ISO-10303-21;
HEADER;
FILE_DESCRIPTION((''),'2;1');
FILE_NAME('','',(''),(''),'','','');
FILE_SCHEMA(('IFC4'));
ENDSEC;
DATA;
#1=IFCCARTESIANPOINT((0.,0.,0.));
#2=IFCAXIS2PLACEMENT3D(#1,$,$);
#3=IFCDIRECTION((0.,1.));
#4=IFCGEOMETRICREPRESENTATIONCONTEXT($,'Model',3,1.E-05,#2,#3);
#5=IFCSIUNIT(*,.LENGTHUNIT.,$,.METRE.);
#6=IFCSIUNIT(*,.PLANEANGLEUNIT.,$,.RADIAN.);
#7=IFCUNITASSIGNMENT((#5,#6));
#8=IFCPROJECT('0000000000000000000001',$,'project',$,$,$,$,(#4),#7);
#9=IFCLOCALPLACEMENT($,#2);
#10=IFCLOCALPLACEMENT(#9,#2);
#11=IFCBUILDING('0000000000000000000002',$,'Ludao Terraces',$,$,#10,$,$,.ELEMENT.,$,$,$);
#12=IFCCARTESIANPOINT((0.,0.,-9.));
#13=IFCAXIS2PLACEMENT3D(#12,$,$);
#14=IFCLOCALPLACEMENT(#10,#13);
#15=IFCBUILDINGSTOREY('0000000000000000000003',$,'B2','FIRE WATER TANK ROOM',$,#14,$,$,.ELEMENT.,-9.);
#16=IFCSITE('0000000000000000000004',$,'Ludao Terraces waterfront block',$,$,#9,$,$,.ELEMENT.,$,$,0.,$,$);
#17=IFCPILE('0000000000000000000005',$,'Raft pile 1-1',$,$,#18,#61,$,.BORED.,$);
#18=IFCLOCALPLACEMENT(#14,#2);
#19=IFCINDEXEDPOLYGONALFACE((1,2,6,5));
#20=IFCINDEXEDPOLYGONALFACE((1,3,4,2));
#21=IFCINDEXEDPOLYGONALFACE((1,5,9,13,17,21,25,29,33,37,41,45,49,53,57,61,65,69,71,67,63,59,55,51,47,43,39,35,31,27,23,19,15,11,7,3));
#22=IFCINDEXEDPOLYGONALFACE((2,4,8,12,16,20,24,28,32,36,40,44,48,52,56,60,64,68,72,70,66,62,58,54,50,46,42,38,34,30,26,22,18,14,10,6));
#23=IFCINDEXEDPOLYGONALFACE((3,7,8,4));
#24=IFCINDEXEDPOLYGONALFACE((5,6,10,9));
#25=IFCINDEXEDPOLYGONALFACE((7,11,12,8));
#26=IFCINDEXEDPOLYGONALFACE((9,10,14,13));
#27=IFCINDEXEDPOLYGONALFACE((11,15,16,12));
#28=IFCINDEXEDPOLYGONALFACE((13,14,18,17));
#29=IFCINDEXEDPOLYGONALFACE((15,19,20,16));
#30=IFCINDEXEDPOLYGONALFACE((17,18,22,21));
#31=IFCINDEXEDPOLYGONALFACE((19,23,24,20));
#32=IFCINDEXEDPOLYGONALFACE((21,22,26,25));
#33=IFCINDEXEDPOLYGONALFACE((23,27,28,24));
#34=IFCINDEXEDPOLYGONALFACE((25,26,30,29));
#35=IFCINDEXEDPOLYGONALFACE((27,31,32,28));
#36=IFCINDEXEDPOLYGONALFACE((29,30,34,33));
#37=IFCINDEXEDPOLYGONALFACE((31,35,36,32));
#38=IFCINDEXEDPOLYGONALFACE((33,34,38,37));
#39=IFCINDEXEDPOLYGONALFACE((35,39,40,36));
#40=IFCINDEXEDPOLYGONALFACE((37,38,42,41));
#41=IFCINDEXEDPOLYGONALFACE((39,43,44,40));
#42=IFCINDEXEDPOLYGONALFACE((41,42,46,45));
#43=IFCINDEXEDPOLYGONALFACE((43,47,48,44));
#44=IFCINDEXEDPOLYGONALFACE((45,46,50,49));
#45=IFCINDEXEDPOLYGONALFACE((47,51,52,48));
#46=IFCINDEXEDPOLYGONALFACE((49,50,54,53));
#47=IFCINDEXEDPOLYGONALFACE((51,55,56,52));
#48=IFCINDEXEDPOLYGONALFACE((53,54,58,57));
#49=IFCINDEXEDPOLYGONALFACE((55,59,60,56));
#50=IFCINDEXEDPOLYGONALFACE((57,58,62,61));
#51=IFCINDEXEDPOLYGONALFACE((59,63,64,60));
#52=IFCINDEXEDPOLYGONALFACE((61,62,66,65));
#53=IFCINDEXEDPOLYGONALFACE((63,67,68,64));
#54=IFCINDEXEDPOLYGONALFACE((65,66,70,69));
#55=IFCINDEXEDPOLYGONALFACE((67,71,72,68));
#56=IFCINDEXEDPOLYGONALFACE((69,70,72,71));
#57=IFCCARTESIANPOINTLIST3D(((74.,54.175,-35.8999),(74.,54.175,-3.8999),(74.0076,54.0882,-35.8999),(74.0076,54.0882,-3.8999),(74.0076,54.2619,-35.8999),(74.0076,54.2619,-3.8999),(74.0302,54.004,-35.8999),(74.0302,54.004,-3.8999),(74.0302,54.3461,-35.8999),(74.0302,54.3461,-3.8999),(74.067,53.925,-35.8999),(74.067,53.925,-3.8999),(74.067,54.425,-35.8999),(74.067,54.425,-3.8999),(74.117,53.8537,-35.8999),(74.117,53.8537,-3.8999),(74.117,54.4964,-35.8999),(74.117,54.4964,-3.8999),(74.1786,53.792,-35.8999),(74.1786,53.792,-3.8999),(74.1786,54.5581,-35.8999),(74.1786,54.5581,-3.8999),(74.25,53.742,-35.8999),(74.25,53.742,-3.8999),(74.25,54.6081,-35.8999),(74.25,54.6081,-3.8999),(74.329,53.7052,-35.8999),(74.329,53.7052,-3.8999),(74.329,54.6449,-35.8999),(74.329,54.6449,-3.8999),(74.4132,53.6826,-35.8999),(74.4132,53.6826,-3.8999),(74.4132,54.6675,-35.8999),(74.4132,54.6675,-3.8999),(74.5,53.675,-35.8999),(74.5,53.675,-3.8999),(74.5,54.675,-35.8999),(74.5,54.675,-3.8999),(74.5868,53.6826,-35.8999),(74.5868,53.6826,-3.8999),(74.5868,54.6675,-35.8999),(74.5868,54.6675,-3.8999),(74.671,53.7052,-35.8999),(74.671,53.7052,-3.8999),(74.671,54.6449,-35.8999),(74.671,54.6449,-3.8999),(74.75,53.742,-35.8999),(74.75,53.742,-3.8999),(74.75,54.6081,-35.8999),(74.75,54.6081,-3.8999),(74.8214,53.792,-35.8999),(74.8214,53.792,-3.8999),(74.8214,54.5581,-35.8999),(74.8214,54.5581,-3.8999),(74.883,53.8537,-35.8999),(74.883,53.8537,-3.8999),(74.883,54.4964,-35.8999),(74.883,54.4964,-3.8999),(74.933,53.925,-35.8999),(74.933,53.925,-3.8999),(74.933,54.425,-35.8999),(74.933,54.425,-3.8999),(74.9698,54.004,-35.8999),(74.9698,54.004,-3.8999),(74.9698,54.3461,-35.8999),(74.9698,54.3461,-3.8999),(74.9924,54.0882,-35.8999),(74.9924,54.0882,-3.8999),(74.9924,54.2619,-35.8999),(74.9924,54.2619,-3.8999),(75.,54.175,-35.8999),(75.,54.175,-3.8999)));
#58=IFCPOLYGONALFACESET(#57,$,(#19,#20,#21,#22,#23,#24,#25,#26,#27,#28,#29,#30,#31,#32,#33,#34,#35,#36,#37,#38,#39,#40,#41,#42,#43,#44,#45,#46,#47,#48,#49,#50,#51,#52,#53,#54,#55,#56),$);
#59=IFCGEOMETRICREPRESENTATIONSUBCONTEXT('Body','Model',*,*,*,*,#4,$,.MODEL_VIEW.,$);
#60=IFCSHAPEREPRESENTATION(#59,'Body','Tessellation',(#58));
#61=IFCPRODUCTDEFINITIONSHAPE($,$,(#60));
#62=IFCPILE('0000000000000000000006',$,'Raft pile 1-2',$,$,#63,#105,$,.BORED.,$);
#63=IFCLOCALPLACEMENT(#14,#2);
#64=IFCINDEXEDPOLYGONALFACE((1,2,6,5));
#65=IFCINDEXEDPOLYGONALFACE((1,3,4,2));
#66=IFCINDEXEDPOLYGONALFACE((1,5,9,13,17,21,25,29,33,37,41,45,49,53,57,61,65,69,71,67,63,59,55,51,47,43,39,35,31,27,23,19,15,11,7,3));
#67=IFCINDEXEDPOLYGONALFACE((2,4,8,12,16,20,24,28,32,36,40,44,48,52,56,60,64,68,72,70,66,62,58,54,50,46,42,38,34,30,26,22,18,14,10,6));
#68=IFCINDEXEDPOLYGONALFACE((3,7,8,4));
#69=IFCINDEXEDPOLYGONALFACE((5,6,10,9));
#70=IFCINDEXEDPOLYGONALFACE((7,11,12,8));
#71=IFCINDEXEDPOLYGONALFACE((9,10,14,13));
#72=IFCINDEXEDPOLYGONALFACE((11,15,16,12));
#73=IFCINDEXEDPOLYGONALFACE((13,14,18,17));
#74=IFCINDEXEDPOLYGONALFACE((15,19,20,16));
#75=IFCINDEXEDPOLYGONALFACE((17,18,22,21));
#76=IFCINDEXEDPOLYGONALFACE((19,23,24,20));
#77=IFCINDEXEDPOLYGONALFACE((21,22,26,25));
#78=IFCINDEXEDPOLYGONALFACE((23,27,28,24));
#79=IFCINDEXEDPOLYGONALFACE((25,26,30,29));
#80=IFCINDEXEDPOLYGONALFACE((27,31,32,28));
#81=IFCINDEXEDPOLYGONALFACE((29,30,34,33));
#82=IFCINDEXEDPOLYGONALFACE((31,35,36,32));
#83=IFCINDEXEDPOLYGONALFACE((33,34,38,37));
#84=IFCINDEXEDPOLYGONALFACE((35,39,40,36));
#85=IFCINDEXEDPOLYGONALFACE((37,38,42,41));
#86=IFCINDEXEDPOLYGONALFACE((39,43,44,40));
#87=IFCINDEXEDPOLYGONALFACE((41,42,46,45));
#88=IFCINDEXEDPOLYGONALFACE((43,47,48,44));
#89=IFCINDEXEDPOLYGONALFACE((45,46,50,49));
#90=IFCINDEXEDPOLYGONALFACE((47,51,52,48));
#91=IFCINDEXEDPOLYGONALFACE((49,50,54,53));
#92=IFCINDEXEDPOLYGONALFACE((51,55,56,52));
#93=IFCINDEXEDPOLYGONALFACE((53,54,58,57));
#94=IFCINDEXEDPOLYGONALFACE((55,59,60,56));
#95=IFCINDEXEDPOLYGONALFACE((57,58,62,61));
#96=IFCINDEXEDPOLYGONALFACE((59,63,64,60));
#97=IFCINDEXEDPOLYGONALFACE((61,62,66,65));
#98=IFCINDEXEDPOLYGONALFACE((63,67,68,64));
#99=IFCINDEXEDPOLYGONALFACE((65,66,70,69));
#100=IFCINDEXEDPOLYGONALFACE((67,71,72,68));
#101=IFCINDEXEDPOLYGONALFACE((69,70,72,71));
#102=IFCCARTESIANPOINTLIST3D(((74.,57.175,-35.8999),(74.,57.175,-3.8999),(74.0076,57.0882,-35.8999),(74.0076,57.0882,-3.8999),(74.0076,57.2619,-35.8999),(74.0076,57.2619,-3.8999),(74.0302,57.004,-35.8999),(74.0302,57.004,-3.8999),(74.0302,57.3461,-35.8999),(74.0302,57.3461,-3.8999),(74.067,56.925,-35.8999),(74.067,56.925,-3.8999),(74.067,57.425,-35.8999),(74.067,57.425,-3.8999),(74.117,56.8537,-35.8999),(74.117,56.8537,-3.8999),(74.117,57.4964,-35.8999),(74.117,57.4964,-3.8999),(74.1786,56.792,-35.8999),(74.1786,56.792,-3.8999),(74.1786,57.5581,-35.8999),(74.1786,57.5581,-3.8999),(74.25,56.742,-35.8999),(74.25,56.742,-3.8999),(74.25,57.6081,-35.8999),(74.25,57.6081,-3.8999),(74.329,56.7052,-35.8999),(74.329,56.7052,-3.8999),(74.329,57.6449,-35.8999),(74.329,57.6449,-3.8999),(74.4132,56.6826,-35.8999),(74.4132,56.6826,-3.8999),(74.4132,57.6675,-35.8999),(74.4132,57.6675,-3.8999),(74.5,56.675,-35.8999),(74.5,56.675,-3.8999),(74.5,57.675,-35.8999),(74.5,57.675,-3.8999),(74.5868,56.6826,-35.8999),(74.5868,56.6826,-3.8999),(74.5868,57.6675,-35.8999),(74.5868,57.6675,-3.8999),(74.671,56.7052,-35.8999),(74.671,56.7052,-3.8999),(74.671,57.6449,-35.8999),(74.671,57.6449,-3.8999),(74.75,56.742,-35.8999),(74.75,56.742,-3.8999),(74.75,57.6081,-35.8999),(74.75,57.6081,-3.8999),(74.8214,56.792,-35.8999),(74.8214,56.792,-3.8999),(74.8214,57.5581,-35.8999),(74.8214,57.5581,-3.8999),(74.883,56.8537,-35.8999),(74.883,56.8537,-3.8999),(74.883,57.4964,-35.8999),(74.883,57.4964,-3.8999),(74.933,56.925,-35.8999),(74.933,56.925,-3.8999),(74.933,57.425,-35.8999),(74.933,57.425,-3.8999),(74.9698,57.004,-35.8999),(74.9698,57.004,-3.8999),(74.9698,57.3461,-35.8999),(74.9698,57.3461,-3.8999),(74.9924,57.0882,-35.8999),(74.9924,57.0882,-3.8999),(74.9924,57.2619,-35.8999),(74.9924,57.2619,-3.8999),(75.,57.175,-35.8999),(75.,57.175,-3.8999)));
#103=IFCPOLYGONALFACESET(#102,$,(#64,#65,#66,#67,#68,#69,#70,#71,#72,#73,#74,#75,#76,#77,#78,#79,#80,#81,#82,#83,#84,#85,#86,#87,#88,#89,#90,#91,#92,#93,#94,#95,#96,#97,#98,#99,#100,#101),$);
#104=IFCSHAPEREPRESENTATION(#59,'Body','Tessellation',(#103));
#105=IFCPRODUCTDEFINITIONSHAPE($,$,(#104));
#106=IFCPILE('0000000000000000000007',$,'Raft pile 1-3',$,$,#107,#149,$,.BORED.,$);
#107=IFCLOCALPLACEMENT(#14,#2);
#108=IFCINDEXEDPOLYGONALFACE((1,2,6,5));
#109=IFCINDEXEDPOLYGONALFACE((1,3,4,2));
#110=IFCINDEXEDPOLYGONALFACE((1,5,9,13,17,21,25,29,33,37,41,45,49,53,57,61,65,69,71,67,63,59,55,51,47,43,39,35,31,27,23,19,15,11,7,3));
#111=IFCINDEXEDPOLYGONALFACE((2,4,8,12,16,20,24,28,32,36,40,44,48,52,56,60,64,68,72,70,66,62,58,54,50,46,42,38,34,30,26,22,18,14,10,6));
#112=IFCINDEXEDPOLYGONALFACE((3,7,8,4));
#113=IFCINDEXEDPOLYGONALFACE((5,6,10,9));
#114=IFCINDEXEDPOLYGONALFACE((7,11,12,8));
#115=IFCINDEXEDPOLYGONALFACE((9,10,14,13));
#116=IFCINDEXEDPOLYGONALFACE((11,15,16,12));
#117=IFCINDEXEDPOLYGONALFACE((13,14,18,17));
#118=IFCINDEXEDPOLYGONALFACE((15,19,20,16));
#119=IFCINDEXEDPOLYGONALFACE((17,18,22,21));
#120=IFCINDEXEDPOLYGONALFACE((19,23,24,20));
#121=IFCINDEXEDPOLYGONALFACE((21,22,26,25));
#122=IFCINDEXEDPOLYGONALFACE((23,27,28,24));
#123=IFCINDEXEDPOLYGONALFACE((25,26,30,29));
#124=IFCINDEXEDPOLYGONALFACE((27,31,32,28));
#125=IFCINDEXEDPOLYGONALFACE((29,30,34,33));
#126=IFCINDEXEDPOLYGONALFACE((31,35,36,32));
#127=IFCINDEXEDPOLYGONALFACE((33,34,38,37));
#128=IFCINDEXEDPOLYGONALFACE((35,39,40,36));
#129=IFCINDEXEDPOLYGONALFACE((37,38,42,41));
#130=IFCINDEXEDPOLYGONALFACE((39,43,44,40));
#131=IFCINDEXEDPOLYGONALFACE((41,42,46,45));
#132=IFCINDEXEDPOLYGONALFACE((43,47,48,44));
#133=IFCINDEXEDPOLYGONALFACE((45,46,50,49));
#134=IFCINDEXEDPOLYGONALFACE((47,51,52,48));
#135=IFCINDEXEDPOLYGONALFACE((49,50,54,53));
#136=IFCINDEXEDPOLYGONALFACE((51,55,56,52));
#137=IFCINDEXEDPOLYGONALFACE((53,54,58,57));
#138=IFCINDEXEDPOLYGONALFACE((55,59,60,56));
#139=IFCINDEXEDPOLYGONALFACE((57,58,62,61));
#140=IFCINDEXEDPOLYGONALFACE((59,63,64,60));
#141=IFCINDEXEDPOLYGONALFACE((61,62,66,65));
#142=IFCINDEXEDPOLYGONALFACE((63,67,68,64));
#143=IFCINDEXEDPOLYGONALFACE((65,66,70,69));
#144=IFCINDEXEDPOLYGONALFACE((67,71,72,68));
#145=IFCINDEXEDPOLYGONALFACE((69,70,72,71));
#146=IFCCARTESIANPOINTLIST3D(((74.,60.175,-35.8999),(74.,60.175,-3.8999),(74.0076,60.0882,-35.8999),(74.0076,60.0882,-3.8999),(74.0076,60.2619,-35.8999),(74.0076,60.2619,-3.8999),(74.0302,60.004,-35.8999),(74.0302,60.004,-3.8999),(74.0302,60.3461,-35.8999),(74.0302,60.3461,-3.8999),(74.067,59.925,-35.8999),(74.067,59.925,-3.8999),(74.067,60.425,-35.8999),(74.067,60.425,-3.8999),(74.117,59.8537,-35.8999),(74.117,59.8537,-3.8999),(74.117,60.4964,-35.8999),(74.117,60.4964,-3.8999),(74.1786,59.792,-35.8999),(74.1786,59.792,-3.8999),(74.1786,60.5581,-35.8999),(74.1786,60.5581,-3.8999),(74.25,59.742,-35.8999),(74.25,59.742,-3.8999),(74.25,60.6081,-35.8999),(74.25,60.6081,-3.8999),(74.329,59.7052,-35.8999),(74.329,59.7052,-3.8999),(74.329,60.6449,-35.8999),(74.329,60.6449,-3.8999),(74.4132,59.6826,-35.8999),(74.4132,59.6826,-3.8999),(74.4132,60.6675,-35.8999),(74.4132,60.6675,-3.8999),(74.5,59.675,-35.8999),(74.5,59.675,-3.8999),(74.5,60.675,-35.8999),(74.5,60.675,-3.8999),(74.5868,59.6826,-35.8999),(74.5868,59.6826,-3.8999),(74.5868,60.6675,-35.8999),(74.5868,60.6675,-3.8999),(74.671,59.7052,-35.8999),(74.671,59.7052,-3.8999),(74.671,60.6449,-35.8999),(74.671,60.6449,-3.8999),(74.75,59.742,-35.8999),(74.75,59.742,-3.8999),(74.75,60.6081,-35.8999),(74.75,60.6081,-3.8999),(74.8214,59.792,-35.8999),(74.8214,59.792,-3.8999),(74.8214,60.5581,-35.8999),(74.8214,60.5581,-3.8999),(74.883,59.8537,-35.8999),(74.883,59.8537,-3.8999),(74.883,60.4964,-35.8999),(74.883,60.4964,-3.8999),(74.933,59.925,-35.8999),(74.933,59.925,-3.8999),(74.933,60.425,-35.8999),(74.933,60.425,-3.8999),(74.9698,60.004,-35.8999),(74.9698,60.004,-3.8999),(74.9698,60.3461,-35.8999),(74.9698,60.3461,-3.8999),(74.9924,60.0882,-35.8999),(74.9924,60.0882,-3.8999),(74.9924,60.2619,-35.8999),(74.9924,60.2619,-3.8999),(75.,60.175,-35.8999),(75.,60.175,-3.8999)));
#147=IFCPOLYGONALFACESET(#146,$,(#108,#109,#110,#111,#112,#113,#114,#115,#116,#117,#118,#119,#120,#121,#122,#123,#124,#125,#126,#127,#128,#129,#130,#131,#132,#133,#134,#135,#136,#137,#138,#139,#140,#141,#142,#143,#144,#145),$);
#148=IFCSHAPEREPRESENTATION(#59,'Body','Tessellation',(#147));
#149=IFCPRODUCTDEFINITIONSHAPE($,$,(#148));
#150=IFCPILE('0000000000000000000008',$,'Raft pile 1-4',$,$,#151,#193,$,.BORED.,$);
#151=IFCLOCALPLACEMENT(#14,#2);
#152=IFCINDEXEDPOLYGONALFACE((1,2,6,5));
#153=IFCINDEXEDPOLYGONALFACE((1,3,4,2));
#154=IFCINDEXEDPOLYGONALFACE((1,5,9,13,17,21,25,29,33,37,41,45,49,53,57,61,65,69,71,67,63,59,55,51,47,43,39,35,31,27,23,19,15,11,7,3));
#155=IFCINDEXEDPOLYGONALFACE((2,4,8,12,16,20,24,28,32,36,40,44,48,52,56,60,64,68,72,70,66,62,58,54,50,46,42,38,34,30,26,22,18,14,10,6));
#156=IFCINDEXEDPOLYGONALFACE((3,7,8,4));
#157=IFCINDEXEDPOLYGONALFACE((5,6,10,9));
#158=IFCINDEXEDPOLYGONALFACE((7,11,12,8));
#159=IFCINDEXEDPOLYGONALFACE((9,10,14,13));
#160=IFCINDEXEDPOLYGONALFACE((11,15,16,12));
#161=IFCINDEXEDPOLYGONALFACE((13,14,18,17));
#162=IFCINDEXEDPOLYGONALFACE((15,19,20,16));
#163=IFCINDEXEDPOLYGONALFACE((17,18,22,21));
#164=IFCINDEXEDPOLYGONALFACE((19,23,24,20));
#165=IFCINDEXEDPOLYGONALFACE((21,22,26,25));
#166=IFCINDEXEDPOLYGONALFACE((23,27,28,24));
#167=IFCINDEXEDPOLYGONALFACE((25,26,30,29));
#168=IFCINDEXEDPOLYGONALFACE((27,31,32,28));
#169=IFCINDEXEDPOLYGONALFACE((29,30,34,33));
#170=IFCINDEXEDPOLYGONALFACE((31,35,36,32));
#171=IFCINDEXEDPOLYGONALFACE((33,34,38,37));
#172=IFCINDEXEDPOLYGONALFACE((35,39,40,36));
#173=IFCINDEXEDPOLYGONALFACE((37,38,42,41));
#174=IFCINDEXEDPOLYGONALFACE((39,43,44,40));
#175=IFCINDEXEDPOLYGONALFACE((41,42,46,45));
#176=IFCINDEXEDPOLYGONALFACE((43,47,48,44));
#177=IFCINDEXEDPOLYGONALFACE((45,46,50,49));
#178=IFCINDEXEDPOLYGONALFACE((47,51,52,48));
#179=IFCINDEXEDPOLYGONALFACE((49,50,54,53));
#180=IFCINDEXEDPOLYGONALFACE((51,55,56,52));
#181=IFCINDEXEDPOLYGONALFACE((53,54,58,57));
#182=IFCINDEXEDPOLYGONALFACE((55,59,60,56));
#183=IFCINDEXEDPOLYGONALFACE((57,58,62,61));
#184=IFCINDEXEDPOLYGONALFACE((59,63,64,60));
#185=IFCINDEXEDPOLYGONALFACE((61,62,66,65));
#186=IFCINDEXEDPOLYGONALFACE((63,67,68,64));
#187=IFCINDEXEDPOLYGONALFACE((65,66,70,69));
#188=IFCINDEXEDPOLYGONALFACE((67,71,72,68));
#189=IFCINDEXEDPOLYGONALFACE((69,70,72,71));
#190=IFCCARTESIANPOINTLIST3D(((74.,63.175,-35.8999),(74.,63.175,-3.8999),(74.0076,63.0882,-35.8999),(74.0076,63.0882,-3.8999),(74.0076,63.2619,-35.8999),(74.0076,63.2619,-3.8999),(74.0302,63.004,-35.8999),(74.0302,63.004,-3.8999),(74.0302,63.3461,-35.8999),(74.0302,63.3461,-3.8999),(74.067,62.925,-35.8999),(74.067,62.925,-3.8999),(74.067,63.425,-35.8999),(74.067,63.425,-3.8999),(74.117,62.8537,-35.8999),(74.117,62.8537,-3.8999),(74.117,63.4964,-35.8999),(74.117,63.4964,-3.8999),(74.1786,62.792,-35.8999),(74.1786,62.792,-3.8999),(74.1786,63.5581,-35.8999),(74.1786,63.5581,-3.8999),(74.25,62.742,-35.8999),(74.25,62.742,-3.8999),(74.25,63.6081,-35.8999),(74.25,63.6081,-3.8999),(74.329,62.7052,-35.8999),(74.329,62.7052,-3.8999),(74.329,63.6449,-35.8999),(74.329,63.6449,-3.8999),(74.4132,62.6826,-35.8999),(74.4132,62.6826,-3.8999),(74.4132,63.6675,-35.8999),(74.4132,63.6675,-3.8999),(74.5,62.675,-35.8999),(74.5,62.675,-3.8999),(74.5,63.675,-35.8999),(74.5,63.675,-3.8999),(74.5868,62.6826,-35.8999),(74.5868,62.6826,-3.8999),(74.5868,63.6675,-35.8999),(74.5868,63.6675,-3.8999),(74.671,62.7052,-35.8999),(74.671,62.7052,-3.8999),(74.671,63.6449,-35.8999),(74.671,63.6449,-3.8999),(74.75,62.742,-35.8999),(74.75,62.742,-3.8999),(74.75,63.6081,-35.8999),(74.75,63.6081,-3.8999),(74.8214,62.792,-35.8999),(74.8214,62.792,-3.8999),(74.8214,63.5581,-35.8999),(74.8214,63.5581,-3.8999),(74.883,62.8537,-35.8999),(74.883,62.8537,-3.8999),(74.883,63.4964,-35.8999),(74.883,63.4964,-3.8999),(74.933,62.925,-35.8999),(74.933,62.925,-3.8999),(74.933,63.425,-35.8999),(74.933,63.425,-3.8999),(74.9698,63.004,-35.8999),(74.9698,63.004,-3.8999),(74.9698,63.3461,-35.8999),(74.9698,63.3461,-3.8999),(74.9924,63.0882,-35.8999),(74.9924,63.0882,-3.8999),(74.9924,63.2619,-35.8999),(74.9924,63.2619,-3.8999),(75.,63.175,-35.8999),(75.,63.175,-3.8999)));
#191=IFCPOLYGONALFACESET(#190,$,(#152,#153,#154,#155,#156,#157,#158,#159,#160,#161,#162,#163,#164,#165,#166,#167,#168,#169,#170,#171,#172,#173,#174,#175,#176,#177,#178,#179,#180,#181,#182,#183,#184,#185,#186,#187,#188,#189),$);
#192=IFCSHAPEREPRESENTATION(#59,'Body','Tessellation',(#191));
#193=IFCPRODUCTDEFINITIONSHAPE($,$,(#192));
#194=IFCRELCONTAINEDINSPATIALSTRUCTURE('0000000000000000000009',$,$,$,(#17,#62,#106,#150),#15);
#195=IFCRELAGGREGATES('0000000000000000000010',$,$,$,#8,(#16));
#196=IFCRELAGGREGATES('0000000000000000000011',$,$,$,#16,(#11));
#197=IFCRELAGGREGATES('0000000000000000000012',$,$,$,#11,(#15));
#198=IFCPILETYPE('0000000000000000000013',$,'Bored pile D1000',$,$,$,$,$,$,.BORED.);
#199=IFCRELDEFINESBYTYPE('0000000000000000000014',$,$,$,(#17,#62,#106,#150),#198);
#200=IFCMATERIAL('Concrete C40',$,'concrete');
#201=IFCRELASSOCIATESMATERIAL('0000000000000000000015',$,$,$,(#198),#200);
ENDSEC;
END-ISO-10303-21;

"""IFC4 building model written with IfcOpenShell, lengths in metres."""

from ifc_helpers import new_model, si_unit, direction, frame, origin, origin_2d, place, context, subcontext, project, spatial, circle, extrude, material, material_profile, profile_set, type_object, element, save


model = new_model("IFC4")

# Units and contexts
model_context = context("Model", 3, precision=1e-05, world=origin(), true_north=direction((0.0, 1.0)))
body_context = subcontext(model_context, "Body", "Model", "MODEL_VIEW")
ifc_project = project(units=[si_unit("LENGTHUNIT", "METRE"), si_unit("PLANEANGLEUNIT", "RADIAN")], contexts=[model_context])

# Site, building, storey
site_placement = place(None, origin())
site = spatial("IfcSite", under=ifc_project, at=site_placement, Name="Ludao Terraces waterfront block", CompositionType="ELEMENT", RefElevation=0.0)
building_placement = place(site_placement, origin())
building = spatial("IfcBuilding", under=site, at=building_placement, Name="Ludao Terraces", CompositionType="ELEMENT")
storey_placement = place(building_placement, frame((0.0, 0.0, -9.0)))
storey = spatial("IfcBuildingStorey", under=building, at=storey_placement, Name="B2", Description="FIRE WATER TANK ROOM", CompositionType="ELEMENT", Elevation=-9.0)

# Piles
ifc_material_1 = material(Name="Concrete C40", Category="concrete")
ifc_material_profile_1 = material_profile(ifc_material_1, circle(Radius=0.5, at=origin_2d()), Name="D1000 BORED PILE")
ifc_profile_set_1 = profile_set([ifc_material_profile_1], Name="Concrete C40")
pile_type = type_object("IfcPileType", Name="Bored pile D1000", PredefinedType="BORED", material=ifc_profile_set_1)
for number, where, z_axis, x_axis, name in (
    (1, (74.5, 54.175, -3.8999), (0.0, 0.0, -1.0), (1.0, 0.0, 0.0), "Raft pile 1-1"),
    (2, (74.5, 57.175, -3.8999), (0.0, 0.0, -1.0), (1.0, 0.0, 0.0), "Raft pile 1-2"),
    (3, (74.5, 60.175, -3.8999), (0.0, 0.0, -1.0), (1.0, 0.0, 0.0), "Raft pile 1-3"),
    (4, (74.5, 63.175, -3.8999), (0.0, 0.0, -1.0), (1.0, 0.0, 0.0), "Raft pile 1-4"),
):
    element("IfcPile", number, at=place(storey_placement, frame(where, z_axis=z_axis, x_axis=x_axis)), inside=storey, type_object=pile_type, Name=name, PredefinedType="BORED", context=body_context, shape_type="SweptSolid", body=[
        extrude(circle(Radius=0.5, at=origin_2d()), origin(), (0.0, 0.0, 1.0), 32.0),
    ])

save(model, "model.ifc")
